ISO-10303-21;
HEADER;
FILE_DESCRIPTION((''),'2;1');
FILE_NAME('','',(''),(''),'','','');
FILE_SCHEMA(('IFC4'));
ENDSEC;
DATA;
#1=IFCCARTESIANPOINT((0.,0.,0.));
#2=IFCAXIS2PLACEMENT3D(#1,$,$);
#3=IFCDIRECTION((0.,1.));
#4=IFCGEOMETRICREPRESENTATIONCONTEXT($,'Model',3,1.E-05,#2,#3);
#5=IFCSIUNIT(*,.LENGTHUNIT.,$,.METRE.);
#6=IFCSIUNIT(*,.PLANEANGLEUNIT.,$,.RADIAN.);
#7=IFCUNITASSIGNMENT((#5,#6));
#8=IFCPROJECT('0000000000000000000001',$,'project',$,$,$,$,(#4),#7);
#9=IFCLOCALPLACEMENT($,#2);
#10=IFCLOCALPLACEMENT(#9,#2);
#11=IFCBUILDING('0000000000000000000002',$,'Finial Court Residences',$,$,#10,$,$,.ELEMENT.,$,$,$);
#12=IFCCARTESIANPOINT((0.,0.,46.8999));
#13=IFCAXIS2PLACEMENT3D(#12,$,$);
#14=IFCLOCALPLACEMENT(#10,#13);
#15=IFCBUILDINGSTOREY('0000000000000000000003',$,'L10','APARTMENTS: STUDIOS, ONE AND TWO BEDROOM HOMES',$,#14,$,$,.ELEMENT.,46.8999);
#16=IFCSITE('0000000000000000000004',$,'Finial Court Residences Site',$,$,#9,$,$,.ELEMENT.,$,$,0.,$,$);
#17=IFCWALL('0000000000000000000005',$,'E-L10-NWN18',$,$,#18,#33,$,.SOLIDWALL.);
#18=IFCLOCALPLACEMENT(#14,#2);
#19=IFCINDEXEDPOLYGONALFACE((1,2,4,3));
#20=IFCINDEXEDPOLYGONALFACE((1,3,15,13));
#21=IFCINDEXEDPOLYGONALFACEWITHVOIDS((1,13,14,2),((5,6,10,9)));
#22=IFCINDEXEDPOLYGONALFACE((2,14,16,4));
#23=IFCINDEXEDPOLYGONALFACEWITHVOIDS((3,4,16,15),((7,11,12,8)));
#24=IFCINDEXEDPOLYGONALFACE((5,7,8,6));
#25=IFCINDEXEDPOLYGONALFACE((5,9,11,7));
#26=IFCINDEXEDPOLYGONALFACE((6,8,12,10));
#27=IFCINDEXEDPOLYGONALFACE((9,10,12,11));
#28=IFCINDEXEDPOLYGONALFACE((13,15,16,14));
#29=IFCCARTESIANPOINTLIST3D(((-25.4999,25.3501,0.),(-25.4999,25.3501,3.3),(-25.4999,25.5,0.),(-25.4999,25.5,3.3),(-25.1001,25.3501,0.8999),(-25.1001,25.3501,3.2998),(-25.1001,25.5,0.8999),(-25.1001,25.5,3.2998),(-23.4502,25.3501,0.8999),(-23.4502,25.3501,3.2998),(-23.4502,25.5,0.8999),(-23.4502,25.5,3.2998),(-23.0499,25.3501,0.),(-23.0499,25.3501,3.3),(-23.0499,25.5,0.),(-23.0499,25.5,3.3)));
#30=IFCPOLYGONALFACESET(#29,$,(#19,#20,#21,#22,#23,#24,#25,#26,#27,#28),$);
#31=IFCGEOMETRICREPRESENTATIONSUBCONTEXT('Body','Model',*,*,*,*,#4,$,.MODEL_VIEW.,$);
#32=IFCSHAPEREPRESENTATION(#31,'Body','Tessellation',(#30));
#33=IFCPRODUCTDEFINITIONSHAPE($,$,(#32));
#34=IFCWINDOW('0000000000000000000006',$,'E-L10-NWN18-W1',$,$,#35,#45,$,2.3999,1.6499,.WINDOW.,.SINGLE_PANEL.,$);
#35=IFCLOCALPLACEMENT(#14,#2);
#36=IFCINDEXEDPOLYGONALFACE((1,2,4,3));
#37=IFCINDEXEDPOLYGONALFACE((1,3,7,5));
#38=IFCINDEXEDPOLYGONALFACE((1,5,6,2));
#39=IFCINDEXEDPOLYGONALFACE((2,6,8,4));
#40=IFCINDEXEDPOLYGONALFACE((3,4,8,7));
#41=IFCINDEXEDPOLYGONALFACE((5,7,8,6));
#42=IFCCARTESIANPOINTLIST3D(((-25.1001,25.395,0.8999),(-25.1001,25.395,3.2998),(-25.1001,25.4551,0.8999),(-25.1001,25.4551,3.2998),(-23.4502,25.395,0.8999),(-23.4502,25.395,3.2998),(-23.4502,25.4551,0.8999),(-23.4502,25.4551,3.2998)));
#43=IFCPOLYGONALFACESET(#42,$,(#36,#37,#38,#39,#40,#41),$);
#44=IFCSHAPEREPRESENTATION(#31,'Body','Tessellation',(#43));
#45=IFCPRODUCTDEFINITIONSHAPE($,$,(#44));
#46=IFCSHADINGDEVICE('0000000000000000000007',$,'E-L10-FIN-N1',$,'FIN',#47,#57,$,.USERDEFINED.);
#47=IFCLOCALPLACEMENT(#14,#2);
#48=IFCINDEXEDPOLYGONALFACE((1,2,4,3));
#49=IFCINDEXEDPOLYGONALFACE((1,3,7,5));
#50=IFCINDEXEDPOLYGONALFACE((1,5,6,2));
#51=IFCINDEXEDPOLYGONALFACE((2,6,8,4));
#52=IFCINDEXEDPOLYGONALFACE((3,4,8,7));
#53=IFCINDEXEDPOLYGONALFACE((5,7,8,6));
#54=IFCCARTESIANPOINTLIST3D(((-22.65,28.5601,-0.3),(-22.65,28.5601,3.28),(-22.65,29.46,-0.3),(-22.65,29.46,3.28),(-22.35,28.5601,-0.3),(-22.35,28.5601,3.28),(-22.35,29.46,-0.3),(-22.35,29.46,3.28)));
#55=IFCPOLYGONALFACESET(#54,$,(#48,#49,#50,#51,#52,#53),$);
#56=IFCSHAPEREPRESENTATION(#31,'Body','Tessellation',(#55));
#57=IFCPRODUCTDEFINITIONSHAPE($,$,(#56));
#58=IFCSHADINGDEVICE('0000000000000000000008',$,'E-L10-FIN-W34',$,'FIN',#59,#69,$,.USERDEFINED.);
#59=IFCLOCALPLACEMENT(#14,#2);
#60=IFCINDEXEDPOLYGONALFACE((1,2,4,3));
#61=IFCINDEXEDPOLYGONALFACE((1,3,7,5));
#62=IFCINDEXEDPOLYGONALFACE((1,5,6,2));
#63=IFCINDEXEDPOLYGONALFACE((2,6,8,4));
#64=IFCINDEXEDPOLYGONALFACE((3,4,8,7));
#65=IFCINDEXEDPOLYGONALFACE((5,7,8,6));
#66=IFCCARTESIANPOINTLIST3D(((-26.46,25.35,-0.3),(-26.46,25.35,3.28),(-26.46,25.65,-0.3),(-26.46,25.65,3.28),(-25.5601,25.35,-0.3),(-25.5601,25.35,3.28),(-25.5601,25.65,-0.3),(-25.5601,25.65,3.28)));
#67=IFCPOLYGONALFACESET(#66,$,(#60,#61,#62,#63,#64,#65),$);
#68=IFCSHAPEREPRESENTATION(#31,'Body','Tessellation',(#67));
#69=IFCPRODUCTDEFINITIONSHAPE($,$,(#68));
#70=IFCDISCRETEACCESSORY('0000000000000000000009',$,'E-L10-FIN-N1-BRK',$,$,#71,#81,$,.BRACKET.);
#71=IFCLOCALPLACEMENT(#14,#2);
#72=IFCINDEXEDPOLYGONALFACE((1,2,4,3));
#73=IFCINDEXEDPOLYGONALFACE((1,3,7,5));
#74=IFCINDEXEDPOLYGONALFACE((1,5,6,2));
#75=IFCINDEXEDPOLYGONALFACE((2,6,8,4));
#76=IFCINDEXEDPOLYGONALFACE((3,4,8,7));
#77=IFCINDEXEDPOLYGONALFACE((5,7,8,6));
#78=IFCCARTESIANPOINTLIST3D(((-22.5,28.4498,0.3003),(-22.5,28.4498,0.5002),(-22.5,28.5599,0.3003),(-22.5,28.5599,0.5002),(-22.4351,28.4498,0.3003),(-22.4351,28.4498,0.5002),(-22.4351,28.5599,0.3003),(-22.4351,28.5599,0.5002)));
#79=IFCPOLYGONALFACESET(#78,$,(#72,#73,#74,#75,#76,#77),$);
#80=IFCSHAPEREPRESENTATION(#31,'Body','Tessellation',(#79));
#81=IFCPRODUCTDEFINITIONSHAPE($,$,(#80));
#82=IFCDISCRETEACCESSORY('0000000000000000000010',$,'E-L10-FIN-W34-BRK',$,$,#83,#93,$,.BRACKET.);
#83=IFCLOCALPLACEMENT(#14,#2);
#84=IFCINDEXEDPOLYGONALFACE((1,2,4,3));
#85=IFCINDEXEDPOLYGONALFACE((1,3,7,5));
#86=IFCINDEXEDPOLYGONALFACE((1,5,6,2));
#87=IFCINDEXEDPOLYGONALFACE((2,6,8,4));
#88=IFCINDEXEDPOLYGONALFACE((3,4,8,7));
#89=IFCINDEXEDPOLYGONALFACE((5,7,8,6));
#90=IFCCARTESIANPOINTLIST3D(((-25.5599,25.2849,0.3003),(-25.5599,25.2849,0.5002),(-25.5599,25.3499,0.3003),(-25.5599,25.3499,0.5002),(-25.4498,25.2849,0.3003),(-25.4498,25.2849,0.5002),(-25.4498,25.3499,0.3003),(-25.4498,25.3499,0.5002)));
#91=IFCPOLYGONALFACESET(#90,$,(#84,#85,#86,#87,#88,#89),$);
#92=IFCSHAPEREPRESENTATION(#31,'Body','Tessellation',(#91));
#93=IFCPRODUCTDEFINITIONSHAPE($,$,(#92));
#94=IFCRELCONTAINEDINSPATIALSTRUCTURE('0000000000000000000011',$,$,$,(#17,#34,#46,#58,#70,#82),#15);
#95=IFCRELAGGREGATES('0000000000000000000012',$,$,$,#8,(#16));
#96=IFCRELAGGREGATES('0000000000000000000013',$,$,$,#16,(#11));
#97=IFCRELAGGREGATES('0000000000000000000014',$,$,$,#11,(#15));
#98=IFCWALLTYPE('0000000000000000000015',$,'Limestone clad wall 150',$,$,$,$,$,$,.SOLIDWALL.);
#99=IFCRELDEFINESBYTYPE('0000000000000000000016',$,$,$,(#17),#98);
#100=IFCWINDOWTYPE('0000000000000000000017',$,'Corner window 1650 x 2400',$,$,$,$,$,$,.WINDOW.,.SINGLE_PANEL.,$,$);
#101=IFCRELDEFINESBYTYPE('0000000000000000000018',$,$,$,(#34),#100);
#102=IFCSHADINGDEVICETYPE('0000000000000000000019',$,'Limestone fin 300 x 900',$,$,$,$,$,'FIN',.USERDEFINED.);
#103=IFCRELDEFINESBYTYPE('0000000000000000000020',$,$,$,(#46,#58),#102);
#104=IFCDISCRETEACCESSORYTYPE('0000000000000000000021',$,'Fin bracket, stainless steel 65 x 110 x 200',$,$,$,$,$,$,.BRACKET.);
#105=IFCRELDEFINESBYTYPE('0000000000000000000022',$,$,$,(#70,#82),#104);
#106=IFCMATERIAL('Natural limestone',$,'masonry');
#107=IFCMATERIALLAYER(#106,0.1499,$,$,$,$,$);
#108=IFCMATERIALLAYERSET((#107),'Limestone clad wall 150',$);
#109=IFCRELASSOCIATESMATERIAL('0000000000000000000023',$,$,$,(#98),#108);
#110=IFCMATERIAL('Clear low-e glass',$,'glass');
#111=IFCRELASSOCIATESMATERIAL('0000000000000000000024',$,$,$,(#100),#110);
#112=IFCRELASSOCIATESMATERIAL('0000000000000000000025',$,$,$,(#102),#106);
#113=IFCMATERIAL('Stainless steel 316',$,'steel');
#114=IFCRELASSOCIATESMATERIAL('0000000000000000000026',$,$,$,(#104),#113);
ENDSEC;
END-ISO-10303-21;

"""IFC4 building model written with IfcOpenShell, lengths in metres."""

from ifc_helpers import new_model, si_unit, direction, frame, frame_2d, origin, origin_2d, place, context, subcontext, project, spatial, rectangle, extrude, material, layer, layer_set, type_object, element, fill, save


model = new_model("IFC4")

# Units and contexts
model_context = context("Model", 3, precision=1e-05, world=origin(), true_north=direction((0.0, 1.0)))
body_context = subcontext(model_context, "Body", "Model", "MODEL_VIEW")
ifc_project = project(units=[si_unit("LENGTHUNIT", "METRE"), si_unit("PLANEANGLEUNIT", "RADIAN")], contexts=[model_context])

# Site, building, storey
site_placement = place(None, origin())
site = spatial("IfcSite", under=ifc_project, at=site_placement, Name="Finial Court Residences Site", CompositionType="ELEMENT", RefElevation=0.0)
building_placement = place(site_placement, origin())
building = spatial("IfcBuilding", under=site, at=building_placement, Name="Finial Court Residences", CompositionType="ELEMENT")
storey_placement = place(building_placement, frame((0.0, 0.0, 46.8999)))
storey = spatial("IfcBuildingStorey", under=building, at=storey_placement, Name="L10", Description="APARTMENTS: STUDIOS, ONE AND TWO BEDROOM HOMES", CompositionType="ELEMENT", Elevation=46.8999)

# Shared definitions
ifc_material_1 = material(Name="Clear low-e glass", Category="glass")

# Wall, opening, window
ifc_material_2 = material(Name="Natural limestone", Category="masonry")
ifc_layer_1 = layer(ifc_material_2, 0.1499)
ifc_layer_set_1 = layer_set([ifc_layer_1], Name="Limestone clad wall 150")
wall_type_1 = type_object("IfcWallType", Name="Limestone clad wall 150", PredefinedType="SOLIDWALL", material=ifc_layer_set_1)
wall_1_placement = place(storey_placement, frame((-25.5, 25.425, 0.0), z_axis=(0.0, 0.0, 1.0), x_axis=(1.0, 0.0, 0.0)))
wall_1 = element("IfcWall", 1, at=wall_1_placement, inside=storey, type_object=wall_type_1, Name="E-L10-NWN18", PredefinedType="SOLIDWALL", context=body_context, shape_type="SweptSolid", body=[
    extrude(rectangle(XDim=2.45, YDim=0.1499, at=frame_2d((1.2251, 0.0))), origin(), (0.0, 0.0, 1.0), 3.3),
])
opening_1_placement = place(wall_1_placement, frame((0.3999, 0.0, 0.8999)))
opening_1 = element("IfcOpeningElement", 2, at=opening_1_placement, cuts=wall_1, PredefinedType="OPENING", context=body_context, shape_type="SweptSolid", body=[
    extrude(rectangle(XDim=1.6499, YDim=2.3999, at=frame_2d((0.825, 1.2))), frame((0.0, 0.085, 0.0), z_axis=(0.0, -1.0, 0.0), x_axis=(1.0, 0.0, 0.0)), (0.0, 0.0, 1.0), 0.1699),
])
window_type_1 = type_object("IfcWindowType", Name="Corner window 1650 x 2400", PartitioningType="SINGLE_PANEL", PredefinedType="WINDOW", material=ifc_material_1)
window_1_placement = place(opening_1_placement, origin())
window_1 = element("IfcWindow", 3, at=window_1_placement, inside=storey, type_object=window_type_1, Name="E-L10-NWN18-W1", OverallHeight=2.3999, OverallWidth=1.6499, PartitioningType="SINGLE_PANEL", PredefinedType="WINDOW", context=body_context, shape_type="SweptSolid", body=[
    extrude(rectangle(XDim=1.6499, YDim=2.3999, at=frame_2d((0.825, 1.2))), frame((0.0, 0.03, 0.0), z_axis=(0.0, -1.0, 0.0), x_axis=(1.0, 0.0, 0.0)), (0.0, 0.0, 1.0), 0.0601),
])
fill(opening_1, window_1)

# Shading devices
shading_device_type = type_object("IfcShadingDeviceType", Name="Limestone fin 300 x 900", ElementType="FIN", PredefinedType="USERDEFINED", material=ifc_material_2)
shading_device_1_placement = place(storey_placement, frame((-22.5, 29.01, -0.3), z_axis=(0.0, 0.0, 1.0), x_axis=(1.0, 0.0, 0.0)))
element("IfcShadingDevice", 4, at=shading_device_1_placement, inside=storey, type_object=shading_device_type, Name="E-L10-FIN-N1", ObjectType="FIN", PredefinedType="USERDEFINED", context=body_context, shape_type="SweptSolid", body=[
    extrude(rectangle(XDim=0.3, YDim=0.8999, at=origin_2d()), origin(), (0.0, 0.0, 1.0), 3.5801),
])
shading_device_2_placement = place(storey_placement, frame((-26.01, 25.5, -0.3), z_axis=(0.0, 0.0, 1.0), x_axis=(1.0, 0.0, 0.0)))
element("IfcShadingDevice", 5, at=shading_device_2_placement, inside=storey, type_object=shading_device_type, Name="E-L10-FIN-W34", ObjectType="FIN", PredefinedType="USERDEFINED", context=body_context, shape_type="SweptSolid", body=[
    extrude(rectangle(XDim=0.8999, YDim=0.3, at=origin_2d()), origin(), (0.0, 0.0, 1.0), 3.5801),
])

# Discrete accessories
ifc_material_3 = material(Name="Stainless steel 316", Category="steel")
discrete_accessory_type = type_object("IfcDiscreteAccessoryType", Name="Fin bracket, stainless steel 65 x 110 x 200", PredefinedType="BRACKET", material=ifc_material_3)
discrete_accessory_1_placement = place(storey_placement, frame((-22.4675, 28.5049, 0.3003), z_axis=(0.0, 0.0, 1.0), x_axis=(1.0, 0.0, 0.0)))
element("IfcDiscreteAccessory", 6, at=discrete_accessory_1_placement, inside=storey, type_object=discrete_accessory_type, Name="E-L10-FIN-N1-BRK", PredefinedType="BRACKET", context=body_context, shape_type="SweptSolid", body=[
    extrude(rectangle(XDim=0.0649, YDim=0.1101, at=origin_2d()), origin(), (0.0, 0.0, 1.0), 0.2),
])
discrete_accessory_2_placement = place(storey_placement, frame((-25.5049, 25.3174, 0.3003), z_axis=(0.0, 0.0, 1.0), x_axis=(1.0, 0.0, 0.0)))
element("IfcDiscreteAccessory", 7, at=discrete_accessory_2_placement, inside=storey, type_object=discrete_accessory_type, Name="E-L10-FIN-W34-BRK", PredefinedType="BRACKET", context=body_context, shape_type="SweptSolid", body=[
    extrude(rectangle(XDim=0.1101, YDim=0.0649, at=origin_2d()), origin(), (0.0, 0.0, 1.0), 0.2),
])

save(model, "model.ifc")
